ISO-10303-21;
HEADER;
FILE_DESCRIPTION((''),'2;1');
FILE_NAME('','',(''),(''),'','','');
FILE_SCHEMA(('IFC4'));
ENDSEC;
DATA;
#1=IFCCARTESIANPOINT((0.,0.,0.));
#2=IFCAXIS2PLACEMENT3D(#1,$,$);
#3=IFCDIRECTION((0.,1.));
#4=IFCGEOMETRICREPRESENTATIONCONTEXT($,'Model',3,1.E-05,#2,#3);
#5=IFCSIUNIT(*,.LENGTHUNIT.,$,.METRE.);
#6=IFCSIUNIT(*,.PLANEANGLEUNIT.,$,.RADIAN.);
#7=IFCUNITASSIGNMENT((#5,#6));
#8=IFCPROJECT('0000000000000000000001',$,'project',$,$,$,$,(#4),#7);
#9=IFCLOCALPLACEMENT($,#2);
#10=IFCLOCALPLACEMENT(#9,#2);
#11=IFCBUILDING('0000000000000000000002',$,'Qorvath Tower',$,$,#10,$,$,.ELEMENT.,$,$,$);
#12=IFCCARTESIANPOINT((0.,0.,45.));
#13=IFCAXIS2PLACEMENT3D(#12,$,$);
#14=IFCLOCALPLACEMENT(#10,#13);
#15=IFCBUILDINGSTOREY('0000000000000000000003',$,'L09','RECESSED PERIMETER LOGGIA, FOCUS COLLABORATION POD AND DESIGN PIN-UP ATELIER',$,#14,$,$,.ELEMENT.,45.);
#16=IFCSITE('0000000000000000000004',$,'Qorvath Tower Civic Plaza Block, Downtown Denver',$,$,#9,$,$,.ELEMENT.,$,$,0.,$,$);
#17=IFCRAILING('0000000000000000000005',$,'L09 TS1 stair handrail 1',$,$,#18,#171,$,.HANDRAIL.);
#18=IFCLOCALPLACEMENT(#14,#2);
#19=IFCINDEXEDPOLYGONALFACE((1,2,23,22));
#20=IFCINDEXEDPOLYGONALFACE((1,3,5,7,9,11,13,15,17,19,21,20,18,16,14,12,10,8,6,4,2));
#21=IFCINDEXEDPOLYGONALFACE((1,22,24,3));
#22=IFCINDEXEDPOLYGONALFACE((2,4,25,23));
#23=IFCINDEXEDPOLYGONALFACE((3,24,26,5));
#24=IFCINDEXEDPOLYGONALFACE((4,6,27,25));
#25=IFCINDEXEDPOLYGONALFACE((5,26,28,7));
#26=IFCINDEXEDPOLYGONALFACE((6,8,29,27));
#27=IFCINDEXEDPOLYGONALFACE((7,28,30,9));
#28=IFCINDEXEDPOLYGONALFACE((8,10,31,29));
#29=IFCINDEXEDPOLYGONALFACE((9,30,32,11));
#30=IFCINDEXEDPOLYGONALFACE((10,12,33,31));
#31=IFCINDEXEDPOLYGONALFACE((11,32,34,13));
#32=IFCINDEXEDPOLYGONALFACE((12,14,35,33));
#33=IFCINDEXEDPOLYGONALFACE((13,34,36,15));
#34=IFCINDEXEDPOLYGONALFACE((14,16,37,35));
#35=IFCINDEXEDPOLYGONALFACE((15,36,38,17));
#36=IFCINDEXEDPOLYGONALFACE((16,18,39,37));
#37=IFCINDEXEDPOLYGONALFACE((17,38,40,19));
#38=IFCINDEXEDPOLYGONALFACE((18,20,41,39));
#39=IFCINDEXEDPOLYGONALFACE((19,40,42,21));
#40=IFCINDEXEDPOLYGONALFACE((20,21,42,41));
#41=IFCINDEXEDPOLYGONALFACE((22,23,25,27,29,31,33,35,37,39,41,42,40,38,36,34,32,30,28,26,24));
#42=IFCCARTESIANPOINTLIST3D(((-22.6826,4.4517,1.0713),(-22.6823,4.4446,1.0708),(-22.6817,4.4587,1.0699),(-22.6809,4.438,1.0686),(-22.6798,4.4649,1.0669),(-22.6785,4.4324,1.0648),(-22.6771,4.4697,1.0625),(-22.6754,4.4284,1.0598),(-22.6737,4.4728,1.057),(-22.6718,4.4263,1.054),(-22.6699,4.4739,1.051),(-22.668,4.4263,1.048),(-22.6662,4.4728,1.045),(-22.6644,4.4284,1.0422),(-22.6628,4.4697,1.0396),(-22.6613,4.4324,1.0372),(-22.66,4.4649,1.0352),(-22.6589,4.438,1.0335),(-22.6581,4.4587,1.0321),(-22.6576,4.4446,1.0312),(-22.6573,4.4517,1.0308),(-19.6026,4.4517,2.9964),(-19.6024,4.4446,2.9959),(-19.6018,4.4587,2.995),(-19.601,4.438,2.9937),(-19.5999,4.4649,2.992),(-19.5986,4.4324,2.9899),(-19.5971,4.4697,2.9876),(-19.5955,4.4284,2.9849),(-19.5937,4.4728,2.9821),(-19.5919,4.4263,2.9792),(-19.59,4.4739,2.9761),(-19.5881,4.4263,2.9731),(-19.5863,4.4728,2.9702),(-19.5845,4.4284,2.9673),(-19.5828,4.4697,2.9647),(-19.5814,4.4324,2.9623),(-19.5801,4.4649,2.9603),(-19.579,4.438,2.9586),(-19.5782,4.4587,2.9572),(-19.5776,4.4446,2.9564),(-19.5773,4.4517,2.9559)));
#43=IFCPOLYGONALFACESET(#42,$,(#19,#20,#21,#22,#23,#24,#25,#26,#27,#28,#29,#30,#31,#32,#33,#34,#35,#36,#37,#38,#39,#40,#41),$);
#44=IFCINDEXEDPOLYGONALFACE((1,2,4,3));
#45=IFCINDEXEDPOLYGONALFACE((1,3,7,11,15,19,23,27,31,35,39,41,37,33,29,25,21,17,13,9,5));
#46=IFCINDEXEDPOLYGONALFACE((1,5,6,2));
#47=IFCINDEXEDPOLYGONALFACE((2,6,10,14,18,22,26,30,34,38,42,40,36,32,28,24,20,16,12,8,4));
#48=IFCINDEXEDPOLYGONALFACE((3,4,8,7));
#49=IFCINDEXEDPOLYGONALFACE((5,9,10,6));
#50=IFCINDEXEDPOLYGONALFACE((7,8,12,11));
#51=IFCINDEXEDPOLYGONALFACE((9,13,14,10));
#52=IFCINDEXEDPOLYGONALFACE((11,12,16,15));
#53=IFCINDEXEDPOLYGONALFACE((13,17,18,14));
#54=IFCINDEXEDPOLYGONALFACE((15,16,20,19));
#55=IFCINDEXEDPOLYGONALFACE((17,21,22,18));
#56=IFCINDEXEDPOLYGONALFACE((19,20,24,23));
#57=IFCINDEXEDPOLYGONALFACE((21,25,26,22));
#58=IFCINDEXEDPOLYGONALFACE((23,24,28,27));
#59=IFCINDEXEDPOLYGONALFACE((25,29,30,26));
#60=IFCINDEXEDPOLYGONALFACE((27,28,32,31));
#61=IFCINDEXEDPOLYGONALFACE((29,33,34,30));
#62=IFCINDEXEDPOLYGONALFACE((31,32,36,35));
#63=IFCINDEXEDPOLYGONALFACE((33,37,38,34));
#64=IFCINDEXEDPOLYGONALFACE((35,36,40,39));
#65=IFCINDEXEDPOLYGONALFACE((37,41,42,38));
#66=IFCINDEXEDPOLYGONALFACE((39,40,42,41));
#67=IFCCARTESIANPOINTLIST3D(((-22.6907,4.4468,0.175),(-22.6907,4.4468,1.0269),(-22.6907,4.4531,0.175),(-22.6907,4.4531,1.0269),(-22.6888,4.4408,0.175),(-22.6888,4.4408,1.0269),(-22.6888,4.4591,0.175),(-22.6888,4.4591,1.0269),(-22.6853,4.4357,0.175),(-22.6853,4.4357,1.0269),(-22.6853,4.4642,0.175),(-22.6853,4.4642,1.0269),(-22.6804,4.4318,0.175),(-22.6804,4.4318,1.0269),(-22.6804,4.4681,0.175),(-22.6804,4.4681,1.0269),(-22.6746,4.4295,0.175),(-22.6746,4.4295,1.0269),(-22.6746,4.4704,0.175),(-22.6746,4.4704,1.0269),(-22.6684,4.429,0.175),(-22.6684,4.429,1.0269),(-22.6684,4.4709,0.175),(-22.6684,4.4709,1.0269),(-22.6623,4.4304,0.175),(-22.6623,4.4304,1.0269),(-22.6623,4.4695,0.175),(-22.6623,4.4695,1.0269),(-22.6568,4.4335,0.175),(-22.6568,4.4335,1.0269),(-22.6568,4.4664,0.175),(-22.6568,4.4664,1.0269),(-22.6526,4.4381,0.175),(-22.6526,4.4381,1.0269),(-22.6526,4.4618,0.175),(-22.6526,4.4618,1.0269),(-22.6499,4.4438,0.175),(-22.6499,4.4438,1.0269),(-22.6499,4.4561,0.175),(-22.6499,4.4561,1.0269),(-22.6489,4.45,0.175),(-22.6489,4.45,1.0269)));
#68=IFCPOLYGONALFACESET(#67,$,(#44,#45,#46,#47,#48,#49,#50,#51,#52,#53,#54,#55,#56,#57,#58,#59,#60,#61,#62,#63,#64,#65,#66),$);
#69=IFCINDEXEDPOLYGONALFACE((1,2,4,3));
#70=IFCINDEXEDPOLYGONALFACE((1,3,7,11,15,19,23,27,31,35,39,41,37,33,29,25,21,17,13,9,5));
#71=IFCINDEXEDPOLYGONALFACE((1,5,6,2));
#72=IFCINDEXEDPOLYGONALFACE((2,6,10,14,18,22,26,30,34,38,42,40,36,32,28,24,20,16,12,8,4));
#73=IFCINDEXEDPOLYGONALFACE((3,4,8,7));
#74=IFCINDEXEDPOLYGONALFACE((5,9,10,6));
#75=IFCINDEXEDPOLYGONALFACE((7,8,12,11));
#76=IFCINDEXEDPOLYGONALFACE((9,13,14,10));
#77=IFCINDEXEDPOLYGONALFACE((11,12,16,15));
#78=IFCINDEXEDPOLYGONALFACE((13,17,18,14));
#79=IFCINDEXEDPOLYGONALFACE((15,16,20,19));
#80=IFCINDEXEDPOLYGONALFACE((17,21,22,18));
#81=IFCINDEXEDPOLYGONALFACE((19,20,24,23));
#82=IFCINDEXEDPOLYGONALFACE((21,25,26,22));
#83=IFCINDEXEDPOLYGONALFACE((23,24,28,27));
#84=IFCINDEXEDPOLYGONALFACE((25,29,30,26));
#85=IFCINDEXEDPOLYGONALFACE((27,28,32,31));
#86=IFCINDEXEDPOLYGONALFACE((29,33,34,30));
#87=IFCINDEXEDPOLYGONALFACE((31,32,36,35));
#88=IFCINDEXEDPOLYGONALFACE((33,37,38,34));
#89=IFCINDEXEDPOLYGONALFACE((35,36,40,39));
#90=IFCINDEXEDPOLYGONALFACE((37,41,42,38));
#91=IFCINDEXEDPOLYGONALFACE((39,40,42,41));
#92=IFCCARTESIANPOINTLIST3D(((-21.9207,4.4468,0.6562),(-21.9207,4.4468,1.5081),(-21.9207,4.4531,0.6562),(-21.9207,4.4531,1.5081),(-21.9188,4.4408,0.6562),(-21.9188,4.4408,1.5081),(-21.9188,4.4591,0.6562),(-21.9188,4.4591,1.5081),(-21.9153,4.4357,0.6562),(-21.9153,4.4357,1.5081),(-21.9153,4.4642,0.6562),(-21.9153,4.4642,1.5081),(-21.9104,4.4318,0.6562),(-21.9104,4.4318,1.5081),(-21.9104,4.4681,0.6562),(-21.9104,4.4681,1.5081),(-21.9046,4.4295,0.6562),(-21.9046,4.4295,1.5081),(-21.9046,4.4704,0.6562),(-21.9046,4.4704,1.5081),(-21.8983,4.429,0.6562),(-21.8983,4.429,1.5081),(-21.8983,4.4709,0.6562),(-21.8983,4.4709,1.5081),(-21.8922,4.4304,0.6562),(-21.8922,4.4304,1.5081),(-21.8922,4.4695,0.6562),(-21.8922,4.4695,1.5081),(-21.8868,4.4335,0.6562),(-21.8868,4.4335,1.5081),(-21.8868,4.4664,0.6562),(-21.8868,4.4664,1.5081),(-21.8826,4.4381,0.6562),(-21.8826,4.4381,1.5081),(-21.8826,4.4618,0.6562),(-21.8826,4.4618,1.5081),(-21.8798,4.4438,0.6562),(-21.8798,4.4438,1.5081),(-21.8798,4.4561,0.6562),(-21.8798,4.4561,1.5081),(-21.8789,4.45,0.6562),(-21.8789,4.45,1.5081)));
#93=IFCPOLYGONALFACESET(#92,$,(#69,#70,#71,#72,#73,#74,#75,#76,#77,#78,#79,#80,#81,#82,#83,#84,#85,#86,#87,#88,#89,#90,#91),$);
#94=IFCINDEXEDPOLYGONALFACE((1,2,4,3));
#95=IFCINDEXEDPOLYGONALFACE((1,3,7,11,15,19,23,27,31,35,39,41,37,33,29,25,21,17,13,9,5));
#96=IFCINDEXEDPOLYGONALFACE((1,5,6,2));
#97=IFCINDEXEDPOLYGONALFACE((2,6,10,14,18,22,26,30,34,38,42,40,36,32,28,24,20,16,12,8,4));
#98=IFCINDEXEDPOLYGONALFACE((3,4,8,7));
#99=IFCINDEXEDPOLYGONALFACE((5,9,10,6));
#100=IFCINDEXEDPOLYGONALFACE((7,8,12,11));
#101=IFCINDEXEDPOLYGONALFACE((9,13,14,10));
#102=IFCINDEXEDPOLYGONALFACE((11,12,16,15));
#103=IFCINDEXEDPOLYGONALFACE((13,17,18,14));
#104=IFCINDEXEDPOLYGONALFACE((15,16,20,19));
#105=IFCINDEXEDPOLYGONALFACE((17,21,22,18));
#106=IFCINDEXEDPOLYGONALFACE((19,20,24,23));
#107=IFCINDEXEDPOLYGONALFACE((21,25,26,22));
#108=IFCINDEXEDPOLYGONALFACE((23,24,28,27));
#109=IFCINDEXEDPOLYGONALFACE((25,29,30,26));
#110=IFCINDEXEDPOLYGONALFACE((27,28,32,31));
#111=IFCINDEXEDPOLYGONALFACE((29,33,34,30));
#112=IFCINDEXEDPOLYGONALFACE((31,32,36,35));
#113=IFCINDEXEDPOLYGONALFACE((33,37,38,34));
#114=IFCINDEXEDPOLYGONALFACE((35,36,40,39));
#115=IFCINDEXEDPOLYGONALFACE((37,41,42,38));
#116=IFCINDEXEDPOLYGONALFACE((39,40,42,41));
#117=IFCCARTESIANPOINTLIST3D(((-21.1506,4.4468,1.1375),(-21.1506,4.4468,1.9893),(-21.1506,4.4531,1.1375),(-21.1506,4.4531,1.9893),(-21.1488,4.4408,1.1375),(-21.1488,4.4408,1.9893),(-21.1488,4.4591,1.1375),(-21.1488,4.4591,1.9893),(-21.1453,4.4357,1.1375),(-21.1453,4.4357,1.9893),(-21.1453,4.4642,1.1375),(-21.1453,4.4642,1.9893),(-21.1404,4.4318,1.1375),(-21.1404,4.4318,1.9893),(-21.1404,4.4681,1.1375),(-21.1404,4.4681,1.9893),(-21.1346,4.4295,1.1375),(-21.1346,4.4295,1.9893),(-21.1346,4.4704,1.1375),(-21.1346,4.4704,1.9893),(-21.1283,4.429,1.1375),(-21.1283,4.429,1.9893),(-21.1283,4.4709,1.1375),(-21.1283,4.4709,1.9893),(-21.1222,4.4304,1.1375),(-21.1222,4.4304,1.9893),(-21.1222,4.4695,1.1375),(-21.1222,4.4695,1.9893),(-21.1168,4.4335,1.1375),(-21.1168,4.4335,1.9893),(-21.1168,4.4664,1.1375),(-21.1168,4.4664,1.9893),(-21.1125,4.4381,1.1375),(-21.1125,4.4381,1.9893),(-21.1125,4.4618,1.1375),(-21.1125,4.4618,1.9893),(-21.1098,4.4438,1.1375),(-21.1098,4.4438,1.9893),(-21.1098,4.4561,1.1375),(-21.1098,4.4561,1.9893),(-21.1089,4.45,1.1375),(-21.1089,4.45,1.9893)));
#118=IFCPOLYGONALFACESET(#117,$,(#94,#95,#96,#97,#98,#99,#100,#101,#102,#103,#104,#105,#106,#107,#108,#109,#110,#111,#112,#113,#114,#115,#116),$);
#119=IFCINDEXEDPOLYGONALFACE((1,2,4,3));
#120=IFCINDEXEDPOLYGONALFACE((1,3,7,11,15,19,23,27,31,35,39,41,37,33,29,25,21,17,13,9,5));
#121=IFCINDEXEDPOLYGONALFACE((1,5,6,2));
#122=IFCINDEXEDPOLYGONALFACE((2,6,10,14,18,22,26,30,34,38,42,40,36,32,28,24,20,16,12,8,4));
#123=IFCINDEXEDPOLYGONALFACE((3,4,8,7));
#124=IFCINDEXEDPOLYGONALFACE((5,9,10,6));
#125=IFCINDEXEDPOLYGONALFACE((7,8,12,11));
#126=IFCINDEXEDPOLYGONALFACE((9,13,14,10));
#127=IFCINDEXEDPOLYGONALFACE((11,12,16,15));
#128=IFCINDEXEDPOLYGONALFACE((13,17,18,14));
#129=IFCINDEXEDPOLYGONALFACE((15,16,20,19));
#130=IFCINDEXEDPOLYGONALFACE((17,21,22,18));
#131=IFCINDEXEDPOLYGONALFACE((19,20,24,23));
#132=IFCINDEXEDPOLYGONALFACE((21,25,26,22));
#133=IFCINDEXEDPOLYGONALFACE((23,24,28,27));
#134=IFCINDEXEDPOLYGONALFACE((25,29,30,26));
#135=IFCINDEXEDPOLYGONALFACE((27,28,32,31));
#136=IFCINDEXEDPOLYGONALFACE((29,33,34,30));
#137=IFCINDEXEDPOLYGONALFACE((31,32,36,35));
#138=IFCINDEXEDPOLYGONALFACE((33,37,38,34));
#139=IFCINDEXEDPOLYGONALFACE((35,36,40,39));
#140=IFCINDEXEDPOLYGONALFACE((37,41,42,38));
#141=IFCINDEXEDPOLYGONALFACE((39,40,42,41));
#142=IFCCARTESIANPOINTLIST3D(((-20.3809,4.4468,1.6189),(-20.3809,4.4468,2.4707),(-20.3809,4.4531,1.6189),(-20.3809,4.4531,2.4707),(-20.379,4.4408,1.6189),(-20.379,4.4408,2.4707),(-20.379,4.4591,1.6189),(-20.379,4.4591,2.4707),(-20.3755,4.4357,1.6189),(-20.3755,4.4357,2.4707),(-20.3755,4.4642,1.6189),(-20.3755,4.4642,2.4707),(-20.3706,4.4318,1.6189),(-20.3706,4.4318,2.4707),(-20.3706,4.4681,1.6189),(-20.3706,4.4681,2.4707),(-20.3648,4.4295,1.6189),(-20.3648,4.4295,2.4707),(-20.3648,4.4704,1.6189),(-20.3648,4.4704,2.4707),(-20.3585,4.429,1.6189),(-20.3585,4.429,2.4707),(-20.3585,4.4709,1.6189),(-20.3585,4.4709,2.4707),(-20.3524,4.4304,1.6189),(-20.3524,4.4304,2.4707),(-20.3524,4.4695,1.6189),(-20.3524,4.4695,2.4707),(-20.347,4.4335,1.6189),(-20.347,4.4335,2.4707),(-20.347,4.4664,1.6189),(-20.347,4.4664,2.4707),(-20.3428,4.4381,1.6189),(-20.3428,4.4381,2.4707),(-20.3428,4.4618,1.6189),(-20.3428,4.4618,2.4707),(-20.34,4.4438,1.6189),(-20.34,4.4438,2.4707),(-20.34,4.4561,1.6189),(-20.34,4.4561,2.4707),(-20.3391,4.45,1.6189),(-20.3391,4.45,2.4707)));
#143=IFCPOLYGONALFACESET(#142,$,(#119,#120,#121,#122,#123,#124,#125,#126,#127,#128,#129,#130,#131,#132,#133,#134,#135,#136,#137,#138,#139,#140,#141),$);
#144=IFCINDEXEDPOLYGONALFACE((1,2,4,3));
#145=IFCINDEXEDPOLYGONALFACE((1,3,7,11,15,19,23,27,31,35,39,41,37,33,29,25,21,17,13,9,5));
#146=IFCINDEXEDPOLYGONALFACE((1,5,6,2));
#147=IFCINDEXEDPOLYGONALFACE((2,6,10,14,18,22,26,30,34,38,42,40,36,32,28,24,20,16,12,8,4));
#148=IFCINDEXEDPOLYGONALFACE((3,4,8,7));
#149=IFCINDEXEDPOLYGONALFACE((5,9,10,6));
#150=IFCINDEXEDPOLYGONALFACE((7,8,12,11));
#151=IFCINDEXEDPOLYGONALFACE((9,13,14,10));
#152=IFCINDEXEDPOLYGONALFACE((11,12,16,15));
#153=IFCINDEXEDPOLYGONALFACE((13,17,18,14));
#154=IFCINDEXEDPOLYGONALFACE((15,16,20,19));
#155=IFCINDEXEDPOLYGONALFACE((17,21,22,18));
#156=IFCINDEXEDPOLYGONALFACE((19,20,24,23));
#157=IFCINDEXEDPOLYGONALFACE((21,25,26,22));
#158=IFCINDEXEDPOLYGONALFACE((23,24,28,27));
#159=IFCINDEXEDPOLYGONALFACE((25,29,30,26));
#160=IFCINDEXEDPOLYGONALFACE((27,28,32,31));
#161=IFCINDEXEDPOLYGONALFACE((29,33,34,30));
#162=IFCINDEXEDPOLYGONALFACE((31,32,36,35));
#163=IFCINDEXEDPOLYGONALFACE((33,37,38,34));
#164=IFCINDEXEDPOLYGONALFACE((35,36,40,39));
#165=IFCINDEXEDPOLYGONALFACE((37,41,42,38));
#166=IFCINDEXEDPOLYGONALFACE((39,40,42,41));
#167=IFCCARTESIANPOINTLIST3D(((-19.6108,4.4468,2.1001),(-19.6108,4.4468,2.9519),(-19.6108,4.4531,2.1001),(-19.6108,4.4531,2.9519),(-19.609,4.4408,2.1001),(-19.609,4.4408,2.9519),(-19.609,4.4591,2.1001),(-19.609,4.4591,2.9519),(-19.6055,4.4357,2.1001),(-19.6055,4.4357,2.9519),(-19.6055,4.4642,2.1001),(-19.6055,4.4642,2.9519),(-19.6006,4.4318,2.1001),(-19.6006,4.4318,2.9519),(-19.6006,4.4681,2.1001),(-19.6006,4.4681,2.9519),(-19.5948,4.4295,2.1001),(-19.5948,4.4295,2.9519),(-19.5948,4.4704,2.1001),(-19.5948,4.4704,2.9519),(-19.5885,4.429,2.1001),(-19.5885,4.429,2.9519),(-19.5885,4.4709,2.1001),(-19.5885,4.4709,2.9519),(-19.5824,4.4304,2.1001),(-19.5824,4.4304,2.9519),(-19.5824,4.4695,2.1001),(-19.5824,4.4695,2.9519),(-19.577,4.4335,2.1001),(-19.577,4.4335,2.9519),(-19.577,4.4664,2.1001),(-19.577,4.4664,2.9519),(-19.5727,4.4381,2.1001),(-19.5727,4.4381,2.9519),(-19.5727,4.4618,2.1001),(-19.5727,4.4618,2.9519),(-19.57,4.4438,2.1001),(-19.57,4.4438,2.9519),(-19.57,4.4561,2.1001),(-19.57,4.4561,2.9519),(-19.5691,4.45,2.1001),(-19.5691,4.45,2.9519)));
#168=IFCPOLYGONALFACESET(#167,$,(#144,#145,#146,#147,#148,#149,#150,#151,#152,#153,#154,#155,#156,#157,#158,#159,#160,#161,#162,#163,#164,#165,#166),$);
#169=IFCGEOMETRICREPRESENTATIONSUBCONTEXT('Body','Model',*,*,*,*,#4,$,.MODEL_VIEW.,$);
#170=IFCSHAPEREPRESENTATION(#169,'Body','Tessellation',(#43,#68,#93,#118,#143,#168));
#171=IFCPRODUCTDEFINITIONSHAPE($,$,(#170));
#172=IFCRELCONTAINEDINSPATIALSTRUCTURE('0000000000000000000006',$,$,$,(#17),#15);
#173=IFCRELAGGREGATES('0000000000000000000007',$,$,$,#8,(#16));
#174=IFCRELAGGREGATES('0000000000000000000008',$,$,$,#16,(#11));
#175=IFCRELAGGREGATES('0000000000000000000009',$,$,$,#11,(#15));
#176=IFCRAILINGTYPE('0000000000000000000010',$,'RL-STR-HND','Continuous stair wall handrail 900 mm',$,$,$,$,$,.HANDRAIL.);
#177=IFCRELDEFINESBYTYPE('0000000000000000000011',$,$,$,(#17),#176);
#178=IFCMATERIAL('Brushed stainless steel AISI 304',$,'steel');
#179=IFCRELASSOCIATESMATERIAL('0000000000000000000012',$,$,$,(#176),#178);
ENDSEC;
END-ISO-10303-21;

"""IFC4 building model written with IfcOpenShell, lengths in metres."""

from ifc_helpers import new_model, si_unit, direction, frame, origin, origin_2d, place, context, subcontext, project, spatial, circle, extrude, material, type_object, element, save


model = new_model("IFC4")

# Units and contexts
model_context = context("Model", 3, precision=1e-05, world=origin(), true_north=direction((0.0, 1.0)))
body_context = subcontext(model_context, "Body", "Model", "MODEL_VIEW")
ifc_project = project(units=[si_unit("LENGTHUNIT", "METRE"), si_unit("PLANEANGLEUNIT", "RADIAN")], contexts=[model_context])

# Site, building, storey
site_placement = place(None, origin())
site = spatial("IfcSite", under=ifc_project, at=site_placement, Name="Qorvath Tower Civic Plaza Block, Downtown Denver", CompositionType="ELEMENT", RefElevation=0.0)
building_placement = place(site_placement, origin())
building = spatial("IfcBuilding", under=site, at=building_placement, Name="Qorvath Tower", CompositionType="ELEMENT")
storey_placement = place(building_placement, frame((0.0, 0.0, 45.0)))
storey = spatial("IfcBuildingStorey", under=building, at=storey_placement, Name="L09", Description="RECESSED PERIMETER LOGGIA, FOCUS COLLABORATION POD AND DESIGN PIN-UP ATELIER", CompositionType="ELEMENT", Elevation=45.0)

# Railing
ifc_material_1 = material(Name="Brushed stainless steel AISI 304", Category="steel")
railing_type_1 = type_object("IfcRailingType", Name="RL-STR-HND", Description="Continuous stair wall handrail 900 mm", PredefinedType="HANDRAIL", material=ifc_material_1)
railing_1_placement = place(storey_placement, frame((-22.6699, 4.45, 0.175)))
element("IfcRailing", 1, at=railing_1_placement, inside=storey, type_object=railing_type_1, Name="L09 TS1 stair handrail 1", PredefinedType="HANDRAIL", context=body_context, shape_type="SweptSolid", body=[
    extrude(circle(Radius=0.0239, at=origin_2d()), frame((0.0, 0.0, 0.876), z_axis=(0.847979, 0.0, 0.530029), x_axis=(0.0, 1.0, 0.0)), (0.0, 0.0, 1.0), 3.6321),
    extrude(circle(Radius=0.021, at=origin_2d()), origin(), (0.0, 0.0, 1.0), 0.8518),
    extrude(circle(Radius=0.021, at=origin_2d()), frame((0.77, 0.0, 0.4812)), (0.0, 0.0, 1.0), 0.8518),
    extrude(circle(Radius=0.021, at=origin_2d()), frame((1.54, 0.0, 0.9624)), (0.0, 0.0, 1.0), 0.8518),
    extrude(circle(Radius=0.021, at=origin_2d()), frame((2.3098, 0.0, 1.4438)), (0.0, 0.0, 1.0), 0.8518),
    extrude(circle(Radius=0.021, at=origin_2d()), frame((3.0798, 0.0, 1.925)), (0.0, 0.0, 1.0), 0.8518),
])

save(model, "model.ifc")
